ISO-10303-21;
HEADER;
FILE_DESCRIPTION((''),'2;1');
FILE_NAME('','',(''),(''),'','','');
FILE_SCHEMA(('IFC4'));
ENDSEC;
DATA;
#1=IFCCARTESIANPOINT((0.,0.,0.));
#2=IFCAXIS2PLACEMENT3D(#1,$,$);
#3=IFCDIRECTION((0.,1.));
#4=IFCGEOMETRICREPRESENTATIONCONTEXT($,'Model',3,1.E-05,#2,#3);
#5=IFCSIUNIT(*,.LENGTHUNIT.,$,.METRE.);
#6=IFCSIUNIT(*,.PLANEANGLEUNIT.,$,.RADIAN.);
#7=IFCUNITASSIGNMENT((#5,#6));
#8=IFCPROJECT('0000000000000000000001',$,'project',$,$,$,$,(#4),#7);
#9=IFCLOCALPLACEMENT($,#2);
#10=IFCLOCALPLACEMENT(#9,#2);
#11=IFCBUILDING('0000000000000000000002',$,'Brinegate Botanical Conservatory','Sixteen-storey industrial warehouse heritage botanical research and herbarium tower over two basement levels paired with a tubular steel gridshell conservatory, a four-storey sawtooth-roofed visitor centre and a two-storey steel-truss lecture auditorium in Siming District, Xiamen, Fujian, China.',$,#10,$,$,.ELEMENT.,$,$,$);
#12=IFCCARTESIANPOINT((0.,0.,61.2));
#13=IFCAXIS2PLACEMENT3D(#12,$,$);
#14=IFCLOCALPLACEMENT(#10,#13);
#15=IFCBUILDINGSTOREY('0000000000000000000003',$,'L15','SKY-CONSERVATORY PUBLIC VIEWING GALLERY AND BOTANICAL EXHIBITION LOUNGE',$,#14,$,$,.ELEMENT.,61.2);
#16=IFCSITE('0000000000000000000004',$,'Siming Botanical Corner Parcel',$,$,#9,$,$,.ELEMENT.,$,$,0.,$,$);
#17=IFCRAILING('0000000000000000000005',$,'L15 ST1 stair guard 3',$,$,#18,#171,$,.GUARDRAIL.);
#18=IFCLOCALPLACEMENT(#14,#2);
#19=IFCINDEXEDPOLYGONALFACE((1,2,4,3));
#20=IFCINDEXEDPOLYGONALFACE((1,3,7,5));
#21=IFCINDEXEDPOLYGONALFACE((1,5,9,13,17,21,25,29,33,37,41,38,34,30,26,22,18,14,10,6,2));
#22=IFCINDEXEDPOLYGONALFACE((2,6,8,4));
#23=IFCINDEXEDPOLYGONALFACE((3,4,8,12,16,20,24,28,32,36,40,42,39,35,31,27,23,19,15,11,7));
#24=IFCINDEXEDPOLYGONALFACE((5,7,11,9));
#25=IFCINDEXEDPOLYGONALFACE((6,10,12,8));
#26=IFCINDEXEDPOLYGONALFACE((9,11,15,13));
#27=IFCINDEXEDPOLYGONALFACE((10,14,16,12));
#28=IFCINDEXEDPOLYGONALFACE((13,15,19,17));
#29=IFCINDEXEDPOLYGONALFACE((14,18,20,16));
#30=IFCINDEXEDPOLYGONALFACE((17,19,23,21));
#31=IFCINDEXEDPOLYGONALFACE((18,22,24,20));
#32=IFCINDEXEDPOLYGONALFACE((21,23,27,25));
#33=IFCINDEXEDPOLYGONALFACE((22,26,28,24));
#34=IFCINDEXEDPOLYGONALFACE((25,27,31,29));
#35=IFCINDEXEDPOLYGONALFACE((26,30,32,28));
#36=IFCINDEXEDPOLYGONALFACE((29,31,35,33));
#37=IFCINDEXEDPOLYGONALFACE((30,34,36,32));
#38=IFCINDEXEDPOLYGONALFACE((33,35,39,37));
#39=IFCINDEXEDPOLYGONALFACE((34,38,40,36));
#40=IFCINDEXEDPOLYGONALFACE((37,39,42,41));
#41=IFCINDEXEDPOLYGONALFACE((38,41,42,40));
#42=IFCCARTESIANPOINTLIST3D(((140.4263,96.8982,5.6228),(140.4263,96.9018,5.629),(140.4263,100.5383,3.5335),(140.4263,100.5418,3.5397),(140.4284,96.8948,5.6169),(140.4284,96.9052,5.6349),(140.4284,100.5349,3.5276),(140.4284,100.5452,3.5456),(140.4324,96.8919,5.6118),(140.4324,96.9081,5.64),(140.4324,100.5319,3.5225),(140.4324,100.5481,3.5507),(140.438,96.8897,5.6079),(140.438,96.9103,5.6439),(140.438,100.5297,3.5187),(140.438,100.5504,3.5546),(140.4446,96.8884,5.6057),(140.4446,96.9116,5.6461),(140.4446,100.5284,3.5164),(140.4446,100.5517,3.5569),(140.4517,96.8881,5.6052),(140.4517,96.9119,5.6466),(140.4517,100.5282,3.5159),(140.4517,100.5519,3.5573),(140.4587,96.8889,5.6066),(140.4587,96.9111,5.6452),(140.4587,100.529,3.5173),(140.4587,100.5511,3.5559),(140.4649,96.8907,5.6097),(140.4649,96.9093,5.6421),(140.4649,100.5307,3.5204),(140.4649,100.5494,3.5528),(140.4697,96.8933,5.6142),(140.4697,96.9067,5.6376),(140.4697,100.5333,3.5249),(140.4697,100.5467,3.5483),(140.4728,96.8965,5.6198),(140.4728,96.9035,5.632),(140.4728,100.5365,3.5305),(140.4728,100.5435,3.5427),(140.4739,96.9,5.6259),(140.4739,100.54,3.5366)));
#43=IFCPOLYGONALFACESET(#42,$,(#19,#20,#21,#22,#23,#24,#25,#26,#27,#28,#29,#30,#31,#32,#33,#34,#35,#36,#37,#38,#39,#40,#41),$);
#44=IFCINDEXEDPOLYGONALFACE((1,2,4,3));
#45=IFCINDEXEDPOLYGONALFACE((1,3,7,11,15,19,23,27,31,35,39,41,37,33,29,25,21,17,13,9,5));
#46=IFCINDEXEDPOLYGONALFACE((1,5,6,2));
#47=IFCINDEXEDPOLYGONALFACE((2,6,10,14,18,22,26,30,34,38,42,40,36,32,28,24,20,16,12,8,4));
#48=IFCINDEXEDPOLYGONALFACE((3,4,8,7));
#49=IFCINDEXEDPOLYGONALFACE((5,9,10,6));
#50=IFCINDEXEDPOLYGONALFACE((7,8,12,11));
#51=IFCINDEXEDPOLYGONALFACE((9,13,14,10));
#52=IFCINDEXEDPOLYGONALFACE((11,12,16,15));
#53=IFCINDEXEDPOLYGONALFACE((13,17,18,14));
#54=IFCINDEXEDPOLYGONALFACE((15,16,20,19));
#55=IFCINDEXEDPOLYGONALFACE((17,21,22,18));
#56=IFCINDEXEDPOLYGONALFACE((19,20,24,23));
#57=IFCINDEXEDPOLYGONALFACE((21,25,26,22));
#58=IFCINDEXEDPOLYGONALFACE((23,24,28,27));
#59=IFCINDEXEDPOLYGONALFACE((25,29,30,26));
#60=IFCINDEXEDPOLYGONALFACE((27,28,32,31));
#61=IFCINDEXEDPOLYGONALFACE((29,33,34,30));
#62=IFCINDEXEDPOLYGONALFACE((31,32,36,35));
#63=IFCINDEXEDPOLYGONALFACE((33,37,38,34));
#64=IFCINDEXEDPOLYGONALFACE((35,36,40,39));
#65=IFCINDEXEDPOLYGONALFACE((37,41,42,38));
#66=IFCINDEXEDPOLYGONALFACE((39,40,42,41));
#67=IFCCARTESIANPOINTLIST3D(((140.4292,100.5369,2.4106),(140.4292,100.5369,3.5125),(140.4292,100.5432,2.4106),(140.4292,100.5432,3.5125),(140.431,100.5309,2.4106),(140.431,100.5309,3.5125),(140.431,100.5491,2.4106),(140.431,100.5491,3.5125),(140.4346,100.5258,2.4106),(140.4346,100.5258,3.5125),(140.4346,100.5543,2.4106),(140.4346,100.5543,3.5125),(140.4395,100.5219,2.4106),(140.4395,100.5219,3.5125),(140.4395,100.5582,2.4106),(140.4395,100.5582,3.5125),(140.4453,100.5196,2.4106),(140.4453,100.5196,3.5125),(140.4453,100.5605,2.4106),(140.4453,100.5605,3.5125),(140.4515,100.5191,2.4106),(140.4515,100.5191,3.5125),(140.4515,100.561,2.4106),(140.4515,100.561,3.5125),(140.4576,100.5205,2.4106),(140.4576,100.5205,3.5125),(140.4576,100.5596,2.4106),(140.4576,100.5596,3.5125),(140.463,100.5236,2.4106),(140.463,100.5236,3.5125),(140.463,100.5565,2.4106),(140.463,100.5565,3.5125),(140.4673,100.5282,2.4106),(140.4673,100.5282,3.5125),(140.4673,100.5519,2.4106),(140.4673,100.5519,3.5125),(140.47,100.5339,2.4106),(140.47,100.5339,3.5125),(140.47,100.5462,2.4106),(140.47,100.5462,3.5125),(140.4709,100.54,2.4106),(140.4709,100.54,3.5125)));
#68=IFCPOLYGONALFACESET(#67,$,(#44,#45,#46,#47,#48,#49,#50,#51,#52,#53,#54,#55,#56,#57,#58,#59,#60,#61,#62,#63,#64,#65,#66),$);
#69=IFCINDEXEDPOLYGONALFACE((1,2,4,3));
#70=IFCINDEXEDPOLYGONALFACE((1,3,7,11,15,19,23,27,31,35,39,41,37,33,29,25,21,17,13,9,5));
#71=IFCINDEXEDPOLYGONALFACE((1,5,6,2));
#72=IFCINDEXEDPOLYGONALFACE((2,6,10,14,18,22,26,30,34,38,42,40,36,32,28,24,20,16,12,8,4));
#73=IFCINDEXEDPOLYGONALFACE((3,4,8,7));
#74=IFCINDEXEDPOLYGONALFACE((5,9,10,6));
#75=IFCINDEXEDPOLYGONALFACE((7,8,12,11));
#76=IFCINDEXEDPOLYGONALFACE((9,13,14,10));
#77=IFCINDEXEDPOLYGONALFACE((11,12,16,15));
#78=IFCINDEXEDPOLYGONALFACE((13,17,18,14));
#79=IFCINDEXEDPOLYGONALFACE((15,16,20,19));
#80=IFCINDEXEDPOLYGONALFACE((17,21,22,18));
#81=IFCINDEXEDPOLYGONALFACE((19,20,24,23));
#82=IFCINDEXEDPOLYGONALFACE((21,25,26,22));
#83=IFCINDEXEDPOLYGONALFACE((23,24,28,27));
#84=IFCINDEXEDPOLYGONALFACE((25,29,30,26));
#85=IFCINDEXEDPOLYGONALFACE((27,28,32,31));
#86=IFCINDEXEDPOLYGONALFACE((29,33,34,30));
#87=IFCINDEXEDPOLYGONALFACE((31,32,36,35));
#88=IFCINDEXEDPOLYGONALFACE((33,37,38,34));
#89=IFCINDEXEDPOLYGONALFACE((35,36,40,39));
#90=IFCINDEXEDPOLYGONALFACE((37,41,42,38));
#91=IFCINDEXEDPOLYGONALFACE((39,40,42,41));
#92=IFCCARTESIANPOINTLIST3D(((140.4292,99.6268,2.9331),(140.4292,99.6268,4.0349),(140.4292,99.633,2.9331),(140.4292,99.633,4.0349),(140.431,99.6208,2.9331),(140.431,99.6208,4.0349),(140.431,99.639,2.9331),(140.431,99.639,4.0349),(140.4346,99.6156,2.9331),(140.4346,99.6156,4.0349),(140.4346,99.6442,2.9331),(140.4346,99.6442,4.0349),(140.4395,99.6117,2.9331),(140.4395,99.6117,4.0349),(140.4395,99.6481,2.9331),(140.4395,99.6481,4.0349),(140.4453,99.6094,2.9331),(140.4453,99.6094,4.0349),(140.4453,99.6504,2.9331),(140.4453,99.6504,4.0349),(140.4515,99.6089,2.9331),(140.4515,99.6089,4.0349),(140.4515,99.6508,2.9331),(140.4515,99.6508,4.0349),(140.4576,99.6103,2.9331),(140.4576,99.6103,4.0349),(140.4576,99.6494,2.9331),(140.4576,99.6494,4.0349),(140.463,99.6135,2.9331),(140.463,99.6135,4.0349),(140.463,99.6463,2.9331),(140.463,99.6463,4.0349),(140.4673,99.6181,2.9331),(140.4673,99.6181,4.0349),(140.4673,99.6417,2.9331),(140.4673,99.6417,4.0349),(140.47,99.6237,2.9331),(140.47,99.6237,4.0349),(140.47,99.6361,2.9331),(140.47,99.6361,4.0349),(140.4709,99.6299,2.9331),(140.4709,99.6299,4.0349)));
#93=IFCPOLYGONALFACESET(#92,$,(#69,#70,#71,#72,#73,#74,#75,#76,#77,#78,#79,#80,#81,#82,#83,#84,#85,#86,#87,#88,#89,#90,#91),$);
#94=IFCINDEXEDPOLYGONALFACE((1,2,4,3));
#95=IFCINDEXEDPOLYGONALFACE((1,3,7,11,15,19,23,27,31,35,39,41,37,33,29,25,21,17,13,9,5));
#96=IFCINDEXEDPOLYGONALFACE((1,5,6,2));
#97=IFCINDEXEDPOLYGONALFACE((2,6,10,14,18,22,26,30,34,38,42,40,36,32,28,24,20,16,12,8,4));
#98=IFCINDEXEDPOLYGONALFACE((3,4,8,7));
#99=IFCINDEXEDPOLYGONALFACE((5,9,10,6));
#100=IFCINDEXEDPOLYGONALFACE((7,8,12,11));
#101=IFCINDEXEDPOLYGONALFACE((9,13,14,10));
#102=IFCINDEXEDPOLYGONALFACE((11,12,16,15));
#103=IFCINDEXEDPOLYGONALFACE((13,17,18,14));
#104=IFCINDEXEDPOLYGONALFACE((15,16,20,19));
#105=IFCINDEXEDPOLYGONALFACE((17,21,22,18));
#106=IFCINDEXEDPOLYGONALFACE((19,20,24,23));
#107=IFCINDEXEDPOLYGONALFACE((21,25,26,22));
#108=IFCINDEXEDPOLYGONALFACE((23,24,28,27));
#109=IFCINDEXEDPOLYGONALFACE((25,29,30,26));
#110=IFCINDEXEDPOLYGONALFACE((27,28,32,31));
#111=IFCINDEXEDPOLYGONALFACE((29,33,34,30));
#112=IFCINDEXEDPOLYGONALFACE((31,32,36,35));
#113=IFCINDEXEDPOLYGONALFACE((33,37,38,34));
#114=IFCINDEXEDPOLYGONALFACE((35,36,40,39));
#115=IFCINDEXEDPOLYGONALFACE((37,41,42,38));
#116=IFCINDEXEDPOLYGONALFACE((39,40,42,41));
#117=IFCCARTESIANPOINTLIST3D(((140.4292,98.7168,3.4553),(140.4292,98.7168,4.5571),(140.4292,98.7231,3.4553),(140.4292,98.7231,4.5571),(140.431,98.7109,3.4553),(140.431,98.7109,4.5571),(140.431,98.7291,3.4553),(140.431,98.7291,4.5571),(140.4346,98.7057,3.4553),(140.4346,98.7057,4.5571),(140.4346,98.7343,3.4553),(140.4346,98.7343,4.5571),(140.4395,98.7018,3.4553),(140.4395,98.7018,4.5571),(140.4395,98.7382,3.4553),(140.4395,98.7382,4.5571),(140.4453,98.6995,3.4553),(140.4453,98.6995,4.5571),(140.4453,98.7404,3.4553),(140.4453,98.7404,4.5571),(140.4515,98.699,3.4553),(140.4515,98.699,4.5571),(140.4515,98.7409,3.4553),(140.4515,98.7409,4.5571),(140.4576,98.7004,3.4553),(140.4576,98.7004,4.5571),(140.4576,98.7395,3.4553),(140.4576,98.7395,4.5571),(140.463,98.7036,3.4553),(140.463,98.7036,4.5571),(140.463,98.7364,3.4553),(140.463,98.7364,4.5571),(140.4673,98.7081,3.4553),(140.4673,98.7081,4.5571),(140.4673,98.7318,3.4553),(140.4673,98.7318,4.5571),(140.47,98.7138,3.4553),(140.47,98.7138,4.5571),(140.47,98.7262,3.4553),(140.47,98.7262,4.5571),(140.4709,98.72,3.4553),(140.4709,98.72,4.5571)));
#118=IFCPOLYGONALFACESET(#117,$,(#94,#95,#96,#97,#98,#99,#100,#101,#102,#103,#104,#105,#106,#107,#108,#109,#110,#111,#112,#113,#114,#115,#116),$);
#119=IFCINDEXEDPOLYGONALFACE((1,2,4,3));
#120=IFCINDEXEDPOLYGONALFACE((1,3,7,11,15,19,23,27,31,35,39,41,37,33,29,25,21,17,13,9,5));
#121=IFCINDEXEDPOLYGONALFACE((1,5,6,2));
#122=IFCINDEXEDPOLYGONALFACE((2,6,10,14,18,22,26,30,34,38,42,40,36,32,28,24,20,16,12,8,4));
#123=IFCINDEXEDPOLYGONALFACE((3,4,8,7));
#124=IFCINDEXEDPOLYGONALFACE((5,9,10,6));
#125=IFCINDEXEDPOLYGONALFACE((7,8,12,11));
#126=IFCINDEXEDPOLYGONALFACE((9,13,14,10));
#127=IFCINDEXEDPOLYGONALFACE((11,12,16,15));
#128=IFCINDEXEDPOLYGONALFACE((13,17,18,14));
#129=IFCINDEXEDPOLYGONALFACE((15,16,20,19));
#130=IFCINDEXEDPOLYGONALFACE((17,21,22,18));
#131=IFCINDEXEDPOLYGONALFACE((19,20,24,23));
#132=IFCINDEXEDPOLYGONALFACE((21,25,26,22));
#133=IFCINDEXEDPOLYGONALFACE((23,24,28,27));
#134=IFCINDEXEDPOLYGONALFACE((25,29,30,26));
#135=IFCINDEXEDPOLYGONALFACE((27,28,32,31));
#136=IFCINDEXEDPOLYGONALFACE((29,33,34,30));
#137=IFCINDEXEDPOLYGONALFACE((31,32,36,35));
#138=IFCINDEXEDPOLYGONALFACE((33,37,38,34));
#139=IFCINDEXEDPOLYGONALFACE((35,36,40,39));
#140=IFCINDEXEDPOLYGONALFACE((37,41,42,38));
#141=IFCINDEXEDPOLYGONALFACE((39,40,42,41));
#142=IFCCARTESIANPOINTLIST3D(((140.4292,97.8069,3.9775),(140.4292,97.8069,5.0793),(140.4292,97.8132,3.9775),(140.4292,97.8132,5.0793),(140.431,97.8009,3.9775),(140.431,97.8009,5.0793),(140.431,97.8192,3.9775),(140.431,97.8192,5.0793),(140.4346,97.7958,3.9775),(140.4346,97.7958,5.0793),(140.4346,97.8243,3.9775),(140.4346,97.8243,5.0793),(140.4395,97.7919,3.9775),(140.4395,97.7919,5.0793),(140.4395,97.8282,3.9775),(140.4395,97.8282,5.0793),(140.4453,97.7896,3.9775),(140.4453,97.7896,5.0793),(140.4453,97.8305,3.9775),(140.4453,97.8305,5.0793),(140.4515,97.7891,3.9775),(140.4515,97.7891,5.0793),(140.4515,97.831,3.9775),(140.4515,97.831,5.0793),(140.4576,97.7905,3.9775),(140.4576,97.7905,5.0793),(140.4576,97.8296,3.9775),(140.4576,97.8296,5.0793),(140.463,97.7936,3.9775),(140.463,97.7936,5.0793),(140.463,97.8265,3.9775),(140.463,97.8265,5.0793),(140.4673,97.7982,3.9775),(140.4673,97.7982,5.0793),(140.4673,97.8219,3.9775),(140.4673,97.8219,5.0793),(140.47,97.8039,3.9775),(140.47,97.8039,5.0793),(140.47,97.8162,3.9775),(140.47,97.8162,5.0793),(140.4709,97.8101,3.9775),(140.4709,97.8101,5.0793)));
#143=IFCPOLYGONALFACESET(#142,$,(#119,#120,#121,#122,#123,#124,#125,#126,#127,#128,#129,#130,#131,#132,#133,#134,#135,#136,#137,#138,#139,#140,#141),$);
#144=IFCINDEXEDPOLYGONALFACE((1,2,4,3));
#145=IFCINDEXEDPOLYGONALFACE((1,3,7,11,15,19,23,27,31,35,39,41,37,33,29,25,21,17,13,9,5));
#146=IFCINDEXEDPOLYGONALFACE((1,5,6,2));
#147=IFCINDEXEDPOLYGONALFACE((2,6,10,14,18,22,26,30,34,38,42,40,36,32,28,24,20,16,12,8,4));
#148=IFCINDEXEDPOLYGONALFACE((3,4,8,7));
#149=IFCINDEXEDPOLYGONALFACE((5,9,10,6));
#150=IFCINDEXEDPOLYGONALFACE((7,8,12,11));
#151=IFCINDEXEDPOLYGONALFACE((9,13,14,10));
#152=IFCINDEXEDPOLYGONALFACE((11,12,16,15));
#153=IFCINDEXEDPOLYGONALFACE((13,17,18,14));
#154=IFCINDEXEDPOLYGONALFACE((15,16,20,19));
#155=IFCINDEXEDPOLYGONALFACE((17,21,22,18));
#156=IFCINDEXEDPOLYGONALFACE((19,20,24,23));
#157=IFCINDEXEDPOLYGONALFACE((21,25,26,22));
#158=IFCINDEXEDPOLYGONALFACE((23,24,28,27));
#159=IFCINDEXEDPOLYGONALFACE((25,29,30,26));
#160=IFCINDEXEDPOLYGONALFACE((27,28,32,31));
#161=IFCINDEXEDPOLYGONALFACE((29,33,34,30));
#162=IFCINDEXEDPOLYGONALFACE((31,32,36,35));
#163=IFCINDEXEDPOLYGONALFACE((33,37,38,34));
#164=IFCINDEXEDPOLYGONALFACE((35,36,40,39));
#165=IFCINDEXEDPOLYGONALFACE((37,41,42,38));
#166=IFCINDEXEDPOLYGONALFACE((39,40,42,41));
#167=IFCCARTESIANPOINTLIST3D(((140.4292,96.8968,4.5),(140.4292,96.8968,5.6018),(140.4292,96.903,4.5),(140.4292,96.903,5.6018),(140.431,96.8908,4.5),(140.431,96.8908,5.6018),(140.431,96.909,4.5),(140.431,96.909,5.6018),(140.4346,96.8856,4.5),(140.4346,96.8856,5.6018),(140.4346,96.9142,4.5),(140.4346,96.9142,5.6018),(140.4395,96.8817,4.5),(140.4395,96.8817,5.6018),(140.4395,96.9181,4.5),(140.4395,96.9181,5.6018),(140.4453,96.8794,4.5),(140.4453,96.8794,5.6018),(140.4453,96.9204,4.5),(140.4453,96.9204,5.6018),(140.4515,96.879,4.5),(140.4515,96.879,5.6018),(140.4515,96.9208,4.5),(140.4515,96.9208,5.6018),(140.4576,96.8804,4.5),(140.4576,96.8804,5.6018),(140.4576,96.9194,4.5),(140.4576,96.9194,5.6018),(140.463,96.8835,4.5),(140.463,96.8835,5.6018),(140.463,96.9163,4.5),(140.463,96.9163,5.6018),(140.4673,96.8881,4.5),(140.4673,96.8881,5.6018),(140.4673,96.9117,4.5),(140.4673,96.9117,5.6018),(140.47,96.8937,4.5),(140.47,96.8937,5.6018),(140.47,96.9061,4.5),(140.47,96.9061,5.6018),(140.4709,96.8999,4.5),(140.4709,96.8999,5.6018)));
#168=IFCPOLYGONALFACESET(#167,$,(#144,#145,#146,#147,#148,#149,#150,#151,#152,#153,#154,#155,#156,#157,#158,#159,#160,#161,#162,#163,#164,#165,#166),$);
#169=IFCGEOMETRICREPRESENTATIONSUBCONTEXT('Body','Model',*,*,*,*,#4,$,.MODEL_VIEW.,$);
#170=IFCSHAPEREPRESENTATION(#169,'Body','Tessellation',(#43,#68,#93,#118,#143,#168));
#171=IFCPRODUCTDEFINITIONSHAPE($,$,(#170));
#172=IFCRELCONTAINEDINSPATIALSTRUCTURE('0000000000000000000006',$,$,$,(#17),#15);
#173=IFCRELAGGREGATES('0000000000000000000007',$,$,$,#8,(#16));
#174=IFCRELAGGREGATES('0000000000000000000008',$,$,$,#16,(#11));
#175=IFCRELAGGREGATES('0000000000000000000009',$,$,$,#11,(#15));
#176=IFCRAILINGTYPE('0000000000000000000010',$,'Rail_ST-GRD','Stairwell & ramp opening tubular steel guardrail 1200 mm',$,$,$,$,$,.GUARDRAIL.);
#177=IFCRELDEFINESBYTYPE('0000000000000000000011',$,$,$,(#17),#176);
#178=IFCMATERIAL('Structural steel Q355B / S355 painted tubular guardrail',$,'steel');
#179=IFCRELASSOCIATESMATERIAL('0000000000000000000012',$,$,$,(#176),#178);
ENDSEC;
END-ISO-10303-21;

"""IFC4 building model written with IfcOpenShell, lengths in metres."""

from ifc_helpers import new_model, si_unit, direction, frame, origin, origin_2d, place, context, subcontext, project, spatial, circle, extrude, material, type_object, element, save


model = new_model("IFC4")

# Units and contexts
model_context = context("Model", 3, precision=1e-05, world=origin(), true_north=direction((0.0, 1.0)))
body_context = subcontext(model_context, "Body", "Model", "MODEL_VIEW")
ifc_project = project(units=[si_unit("LENGTHUNIT", "METRE"), si_unit("PLANEANGLEUNIT", "RADIAN")], contexts=[model_context])

# Site, building, storey
site_placement = place(None, origin())
site = spatial("IfcSite", under=ifc_project, at=site_placement, Name="Siming Botanical Corner Parcel", CompositionType="ELEMENT", RefElevation=0.0)
building_placement = place(site_placement, origin())
building = spatial("IfcBuilding", under=site, at=building_placement, Name="Brinegate Botanical Conservatory", Description="Sixteen-storey industrial warehouse heritage botanical research and herbarium tower over two basement levels paired with a tubular steel gridshell conservatory, a four-storey sawtooth-roofed visitor centre and a two-storey steel-truss lecture auditorium in Siming District, Xiamen, Fujian, China.", CompositionType="ELEMENT")
storey_placement = place(building_placement, frame((0.0, 0.0, 61.2)))
storey = spatial("IfcBuildingStorey", under=building, at=storey_placement, Name="L15", Description="SKY-CONSERVATORY PUBLIC VIEWING GALLERY AND BOTANICAL EXHIBITION LOUNGE", CompositionType="ELEMENT", Elevation=61.2)

# Railing
ifc_material_1 = material(Name="Structural steel Q355B / S355 painted tubular guardrail", Category="steel")
railing_type_1 = type_object("IfcRailingType", Name="Rail_ST-GRD", Description="Stairwell & ramp opening tubular steel guardrail 1200 mm", PredefinedType="GUARDRAIL", material=ifc_material_1)
railing_1_placement = place(storey_placement, frame((140.45, 100.54, 2.4106)))
element("IfcRailing", 1, at=railing_1_placement, inside=storey, type_object=railing_type_1, Name="L15 ST1 stair guard 3", PredefinedType="GUARDRAIL", context=body_context, shape_type="SweptSolid", body=[
    extrude(circle(Radius=0.0239, at=origin_2d()), frame((0.0, 0.0, 1.126), z_axis=(0.0, -0.867289, 0.497804), x_axis=(1.0, 0.0, 0.0)), (0.0, 0.0, 1.0), 4.197),
    extrude(circle(Radius=0.021, at=origin_2d()), origin(), (0.0, 0.0, 1.0), 1.1018),
    extrude(circle(Radius=0.021, at=origin_2d()), frame((0.0, -0.9102, 0.5225)), (0.0, 0.0, 1.0), 1.1018),
    extrude(circle(Radius=0.021, at=origin_2d()), frame((0.0, -1.8201, 1.0447)), (0.0, 0.0, 1.0), 1.1018),
    extrude(circle(Radius=0.021, at=origin_2d()), frame((0.0, -2.73, 1.5669)), (0.0, 0.0, 1.0), 1.1018),
    extrude(circle(Radius=0.021, at=origin_2d()), frame((0.0, -3.6401, 2.0894)), (0.0, 0.0, 1.0), 1.1018),
])

save(model, "model.ifc")
